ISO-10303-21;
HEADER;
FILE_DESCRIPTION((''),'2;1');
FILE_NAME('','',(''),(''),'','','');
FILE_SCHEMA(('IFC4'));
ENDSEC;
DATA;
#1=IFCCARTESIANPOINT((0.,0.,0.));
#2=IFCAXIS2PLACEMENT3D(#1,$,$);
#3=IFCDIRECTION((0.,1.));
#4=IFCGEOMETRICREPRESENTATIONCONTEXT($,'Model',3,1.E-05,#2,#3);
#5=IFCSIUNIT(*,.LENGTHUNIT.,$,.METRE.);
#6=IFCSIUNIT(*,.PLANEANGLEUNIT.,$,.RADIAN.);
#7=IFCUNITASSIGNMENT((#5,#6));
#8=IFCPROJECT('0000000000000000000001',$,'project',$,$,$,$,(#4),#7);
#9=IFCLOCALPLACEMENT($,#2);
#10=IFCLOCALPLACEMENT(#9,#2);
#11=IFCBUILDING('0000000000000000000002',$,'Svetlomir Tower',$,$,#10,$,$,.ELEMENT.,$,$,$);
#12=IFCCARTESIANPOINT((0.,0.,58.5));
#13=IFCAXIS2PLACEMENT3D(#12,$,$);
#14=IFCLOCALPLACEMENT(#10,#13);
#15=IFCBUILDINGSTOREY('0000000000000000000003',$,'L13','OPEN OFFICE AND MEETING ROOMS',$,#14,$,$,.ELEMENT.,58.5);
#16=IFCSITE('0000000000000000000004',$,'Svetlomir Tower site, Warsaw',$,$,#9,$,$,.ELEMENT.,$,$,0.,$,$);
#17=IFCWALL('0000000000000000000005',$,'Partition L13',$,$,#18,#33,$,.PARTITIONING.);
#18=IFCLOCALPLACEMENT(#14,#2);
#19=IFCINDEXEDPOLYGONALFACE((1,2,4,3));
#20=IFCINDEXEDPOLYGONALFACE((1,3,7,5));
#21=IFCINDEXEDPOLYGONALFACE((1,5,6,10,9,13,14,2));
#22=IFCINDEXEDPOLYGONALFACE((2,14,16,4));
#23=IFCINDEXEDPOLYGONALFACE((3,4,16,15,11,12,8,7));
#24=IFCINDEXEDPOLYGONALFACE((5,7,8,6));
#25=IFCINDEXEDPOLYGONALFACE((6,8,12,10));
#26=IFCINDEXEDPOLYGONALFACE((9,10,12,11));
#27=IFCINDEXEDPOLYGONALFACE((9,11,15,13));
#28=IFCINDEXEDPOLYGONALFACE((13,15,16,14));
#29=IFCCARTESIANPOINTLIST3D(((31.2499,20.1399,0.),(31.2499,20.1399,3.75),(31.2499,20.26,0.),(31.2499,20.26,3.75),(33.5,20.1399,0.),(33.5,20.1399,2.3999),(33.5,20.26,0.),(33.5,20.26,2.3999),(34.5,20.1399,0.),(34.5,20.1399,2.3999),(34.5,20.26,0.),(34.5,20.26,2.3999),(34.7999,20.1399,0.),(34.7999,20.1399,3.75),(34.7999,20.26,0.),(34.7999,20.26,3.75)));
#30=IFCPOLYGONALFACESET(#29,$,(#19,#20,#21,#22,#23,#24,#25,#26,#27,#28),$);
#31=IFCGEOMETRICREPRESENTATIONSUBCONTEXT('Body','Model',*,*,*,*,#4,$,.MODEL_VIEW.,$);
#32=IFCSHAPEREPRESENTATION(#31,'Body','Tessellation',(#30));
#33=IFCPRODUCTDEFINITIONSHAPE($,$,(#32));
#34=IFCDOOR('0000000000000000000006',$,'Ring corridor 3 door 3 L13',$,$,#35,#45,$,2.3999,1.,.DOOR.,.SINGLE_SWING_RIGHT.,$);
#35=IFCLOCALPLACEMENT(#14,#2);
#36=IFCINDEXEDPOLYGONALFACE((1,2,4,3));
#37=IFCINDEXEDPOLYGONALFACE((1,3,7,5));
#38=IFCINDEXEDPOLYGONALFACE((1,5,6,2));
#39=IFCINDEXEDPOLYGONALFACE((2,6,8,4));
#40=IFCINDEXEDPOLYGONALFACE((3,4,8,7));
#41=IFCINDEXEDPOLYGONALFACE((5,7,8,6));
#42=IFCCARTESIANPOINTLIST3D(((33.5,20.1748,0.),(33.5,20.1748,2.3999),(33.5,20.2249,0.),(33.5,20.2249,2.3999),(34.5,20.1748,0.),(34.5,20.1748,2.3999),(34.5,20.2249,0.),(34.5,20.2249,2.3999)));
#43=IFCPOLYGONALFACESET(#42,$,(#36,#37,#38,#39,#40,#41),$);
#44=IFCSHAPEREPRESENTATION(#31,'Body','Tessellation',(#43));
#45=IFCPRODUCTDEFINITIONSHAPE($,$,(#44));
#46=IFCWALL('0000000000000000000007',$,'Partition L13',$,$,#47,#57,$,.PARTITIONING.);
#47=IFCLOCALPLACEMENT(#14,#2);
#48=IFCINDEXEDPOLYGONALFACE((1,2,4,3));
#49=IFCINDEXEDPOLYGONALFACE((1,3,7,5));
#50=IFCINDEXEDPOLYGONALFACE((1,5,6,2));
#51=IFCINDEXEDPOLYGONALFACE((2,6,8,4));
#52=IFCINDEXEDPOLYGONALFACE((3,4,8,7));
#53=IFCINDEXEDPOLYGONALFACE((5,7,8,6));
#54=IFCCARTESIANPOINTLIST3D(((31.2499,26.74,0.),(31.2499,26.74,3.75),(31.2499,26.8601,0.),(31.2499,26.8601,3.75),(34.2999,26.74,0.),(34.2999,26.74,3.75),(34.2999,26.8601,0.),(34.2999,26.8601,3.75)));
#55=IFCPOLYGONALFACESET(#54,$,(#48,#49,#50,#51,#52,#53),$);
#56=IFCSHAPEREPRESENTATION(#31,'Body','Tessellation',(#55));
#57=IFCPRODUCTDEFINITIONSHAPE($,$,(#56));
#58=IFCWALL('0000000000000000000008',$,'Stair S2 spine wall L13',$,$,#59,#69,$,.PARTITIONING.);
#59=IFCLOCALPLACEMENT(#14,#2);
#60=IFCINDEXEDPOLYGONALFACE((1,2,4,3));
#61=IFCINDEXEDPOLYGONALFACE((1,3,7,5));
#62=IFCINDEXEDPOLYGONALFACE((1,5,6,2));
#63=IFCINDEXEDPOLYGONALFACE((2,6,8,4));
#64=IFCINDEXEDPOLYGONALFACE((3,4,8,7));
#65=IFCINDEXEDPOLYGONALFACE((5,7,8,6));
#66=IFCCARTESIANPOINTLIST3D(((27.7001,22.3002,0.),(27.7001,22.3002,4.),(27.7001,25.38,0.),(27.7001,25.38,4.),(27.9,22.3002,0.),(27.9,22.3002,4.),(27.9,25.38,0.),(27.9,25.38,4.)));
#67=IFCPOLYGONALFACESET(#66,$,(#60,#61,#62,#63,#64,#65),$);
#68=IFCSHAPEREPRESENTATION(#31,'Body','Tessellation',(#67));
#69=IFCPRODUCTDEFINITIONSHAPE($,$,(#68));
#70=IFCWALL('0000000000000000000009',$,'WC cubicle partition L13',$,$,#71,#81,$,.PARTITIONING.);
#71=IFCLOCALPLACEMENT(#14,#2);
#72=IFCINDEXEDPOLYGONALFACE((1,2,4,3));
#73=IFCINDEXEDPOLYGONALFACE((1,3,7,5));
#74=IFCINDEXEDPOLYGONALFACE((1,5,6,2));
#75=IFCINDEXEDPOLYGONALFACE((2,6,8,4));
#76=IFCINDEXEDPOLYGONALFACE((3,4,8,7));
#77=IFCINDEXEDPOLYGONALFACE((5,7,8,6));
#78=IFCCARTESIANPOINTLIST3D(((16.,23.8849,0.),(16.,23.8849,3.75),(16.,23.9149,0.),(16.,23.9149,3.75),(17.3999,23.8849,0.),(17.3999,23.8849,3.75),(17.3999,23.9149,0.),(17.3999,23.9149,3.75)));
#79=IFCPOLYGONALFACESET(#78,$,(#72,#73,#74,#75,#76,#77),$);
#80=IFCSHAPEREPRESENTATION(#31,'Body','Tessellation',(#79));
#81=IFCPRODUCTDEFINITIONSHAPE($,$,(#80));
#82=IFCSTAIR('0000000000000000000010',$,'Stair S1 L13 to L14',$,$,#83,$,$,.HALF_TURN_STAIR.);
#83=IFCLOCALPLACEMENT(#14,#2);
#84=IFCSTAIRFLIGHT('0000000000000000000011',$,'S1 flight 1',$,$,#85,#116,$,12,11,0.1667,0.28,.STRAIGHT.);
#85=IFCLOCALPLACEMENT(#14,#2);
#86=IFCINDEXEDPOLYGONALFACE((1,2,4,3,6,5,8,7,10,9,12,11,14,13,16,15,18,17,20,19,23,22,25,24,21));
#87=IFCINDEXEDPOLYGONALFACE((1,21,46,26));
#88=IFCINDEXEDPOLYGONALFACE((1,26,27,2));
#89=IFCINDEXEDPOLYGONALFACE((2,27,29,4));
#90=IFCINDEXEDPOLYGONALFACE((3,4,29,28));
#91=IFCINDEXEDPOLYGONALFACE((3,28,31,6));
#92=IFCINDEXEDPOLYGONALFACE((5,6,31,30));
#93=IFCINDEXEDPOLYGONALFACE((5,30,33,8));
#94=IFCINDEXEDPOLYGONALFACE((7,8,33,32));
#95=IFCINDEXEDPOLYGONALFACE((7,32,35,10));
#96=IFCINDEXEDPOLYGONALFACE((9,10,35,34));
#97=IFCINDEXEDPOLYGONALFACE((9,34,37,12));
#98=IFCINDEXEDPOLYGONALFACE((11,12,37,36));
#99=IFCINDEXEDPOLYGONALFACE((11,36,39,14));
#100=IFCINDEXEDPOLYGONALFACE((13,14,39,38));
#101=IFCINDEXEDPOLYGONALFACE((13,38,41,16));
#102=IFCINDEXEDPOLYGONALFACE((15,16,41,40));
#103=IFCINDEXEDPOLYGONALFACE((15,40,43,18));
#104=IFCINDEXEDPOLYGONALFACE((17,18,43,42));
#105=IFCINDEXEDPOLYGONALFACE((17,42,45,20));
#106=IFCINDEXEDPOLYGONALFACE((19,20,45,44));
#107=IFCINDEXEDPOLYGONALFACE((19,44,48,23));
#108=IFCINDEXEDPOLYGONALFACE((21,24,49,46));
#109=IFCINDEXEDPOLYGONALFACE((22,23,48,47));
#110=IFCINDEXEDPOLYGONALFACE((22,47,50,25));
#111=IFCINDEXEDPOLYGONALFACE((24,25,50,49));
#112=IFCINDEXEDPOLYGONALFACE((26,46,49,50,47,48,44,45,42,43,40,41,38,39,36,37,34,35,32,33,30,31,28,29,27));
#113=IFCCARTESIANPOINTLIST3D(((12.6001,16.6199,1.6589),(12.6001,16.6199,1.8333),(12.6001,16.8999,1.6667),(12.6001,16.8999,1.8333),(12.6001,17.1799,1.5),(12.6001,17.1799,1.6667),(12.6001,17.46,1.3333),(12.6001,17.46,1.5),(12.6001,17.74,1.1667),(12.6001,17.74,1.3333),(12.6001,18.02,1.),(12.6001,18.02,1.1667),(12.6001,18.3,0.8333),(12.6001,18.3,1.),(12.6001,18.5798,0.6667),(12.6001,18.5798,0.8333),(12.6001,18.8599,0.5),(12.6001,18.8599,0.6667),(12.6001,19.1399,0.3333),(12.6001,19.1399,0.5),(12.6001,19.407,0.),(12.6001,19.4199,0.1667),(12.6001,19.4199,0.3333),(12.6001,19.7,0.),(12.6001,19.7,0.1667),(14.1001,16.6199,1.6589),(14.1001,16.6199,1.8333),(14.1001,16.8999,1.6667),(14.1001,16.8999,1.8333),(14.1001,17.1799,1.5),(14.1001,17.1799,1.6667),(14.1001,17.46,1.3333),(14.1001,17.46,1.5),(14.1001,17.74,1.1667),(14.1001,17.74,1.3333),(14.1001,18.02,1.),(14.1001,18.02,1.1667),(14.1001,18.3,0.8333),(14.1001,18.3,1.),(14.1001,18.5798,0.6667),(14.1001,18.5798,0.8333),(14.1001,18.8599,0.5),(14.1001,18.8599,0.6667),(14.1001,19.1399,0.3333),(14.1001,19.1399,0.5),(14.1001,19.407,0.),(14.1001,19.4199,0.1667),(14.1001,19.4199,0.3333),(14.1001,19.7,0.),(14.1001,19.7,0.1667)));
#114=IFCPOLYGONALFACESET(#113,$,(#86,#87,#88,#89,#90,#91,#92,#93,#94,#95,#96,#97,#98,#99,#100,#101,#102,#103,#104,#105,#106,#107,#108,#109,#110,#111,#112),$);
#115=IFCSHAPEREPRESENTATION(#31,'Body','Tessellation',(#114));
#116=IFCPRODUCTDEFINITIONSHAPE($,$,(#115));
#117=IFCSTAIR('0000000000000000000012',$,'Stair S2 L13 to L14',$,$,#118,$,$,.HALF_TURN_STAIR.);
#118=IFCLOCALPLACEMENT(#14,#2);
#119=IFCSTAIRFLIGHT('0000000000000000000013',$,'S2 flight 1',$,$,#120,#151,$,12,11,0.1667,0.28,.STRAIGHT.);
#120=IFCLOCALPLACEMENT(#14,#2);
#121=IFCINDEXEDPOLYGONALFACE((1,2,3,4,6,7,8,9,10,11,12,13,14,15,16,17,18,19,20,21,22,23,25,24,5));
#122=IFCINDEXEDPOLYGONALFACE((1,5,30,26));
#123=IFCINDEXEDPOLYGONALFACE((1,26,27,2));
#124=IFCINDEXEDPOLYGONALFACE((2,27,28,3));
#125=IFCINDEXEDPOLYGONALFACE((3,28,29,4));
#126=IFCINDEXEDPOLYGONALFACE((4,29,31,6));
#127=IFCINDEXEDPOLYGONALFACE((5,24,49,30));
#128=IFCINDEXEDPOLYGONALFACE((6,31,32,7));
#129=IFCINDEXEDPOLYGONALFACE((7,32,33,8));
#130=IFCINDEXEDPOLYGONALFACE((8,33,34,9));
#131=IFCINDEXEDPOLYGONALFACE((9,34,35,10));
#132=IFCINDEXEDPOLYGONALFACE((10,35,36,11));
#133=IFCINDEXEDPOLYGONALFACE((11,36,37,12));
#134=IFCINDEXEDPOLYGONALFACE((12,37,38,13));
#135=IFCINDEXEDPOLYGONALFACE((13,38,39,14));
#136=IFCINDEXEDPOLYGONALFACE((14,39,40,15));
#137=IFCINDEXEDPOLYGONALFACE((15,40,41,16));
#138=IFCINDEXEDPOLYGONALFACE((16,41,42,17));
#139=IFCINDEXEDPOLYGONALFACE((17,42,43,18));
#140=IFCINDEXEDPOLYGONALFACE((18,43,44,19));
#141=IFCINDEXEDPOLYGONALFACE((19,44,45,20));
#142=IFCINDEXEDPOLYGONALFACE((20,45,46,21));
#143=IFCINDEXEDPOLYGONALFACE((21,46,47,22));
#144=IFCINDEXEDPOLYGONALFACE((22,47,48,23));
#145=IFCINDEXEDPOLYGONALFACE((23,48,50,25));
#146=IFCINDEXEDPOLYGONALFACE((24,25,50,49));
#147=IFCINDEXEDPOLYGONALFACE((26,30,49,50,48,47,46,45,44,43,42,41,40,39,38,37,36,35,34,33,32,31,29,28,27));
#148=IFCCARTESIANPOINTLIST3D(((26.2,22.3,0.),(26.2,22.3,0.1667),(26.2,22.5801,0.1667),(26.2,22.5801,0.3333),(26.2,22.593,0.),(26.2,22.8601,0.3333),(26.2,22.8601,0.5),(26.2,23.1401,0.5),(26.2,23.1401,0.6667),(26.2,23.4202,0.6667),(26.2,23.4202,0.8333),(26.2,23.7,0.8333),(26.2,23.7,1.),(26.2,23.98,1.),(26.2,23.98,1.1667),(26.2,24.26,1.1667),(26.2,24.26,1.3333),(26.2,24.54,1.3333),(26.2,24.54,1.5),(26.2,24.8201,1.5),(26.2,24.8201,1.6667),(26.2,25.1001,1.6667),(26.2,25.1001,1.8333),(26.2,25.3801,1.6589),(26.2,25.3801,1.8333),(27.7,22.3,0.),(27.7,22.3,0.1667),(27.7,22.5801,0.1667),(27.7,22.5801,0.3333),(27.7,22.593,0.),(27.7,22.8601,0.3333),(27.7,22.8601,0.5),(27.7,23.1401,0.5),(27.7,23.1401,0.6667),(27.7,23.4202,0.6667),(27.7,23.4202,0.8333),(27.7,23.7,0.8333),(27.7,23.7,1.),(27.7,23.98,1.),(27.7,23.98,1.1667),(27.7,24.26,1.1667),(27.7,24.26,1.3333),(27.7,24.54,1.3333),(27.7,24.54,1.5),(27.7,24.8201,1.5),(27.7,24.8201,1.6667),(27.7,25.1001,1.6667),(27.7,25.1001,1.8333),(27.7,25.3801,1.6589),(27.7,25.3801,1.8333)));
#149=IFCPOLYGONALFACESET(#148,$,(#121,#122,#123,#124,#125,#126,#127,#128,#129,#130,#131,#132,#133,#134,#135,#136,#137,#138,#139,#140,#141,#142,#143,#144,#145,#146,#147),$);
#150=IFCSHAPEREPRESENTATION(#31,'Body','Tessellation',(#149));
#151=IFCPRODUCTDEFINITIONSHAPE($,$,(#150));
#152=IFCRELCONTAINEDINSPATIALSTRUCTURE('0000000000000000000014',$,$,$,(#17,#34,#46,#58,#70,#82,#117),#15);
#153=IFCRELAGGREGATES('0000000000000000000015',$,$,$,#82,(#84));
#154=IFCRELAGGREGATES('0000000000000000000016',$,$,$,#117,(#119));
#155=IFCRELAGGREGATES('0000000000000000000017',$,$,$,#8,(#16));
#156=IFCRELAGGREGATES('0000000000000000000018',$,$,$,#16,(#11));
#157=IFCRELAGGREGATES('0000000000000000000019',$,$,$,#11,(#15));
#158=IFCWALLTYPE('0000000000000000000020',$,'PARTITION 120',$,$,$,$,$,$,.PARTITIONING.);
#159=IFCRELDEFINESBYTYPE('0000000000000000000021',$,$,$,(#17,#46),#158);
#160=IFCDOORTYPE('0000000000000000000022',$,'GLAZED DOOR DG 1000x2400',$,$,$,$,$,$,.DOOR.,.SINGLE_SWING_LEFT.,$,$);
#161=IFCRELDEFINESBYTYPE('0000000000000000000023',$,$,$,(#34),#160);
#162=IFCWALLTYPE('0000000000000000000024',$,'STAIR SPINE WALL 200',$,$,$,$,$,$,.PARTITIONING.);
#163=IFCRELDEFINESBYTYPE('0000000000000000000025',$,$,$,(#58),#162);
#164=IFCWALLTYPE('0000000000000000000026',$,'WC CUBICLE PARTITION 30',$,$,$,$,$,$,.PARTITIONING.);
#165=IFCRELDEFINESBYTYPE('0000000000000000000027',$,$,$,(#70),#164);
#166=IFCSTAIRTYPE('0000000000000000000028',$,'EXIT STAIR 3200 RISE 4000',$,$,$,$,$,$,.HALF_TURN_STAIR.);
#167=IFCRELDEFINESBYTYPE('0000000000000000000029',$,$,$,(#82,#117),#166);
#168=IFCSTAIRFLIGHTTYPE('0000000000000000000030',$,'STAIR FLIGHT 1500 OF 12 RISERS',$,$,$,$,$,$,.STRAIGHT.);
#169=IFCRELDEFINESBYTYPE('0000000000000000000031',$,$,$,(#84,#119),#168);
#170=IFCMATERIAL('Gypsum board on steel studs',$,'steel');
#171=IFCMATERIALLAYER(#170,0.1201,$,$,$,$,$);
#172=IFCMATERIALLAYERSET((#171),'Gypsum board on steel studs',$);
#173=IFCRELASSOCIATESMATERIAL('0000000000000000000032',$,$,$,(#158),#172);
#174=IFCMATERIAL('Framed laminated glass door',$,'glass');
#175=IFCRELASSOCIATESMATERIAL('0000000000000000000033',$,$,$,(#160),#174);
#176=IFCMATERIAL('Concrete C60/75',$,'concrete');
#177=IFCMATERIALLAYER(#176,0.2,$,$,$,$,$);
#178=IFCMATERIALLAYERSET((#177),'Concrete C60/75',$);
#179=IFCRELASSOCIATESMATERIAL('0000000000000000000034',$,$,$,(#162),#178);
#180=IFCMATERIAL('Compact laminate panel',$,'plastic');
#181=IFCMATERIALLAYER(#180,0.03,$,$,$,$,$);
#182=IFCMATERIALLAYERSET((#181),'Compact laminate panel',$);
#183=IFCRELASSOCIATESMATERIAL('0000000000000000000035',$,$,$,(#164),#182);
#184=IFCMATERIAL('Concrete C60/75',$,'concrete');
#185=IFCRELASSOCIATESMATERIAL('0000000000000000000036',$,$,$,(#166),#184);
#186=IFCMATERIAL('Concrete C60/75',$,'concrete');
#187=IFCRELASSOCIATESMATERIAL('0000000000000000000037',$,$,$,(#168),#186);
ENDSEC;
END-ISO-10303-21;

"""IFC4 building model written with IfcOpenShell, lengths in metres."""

from ifc_helpers import new_model, si_unit, direction, frame, frame_2d, origin, place, context, subcontext, project, spatial, polyline, rectangle, outline, extrude, material, layer, layer_set, type_object, element, fill, aggregate, save


model = new_model("IFC4")

# Units and contexts
model_context = context("Model", 3, precision=1e-05, world=origin(), true_north=direction((0.0, 1.0)))
body_context = subcontext(model_context, "Body", "Model", "MODEL_VIEW")
ifc_project = project(units=[si_unit("LENGTHUNIT", "METRE"), si_unit("PLANEANGLEUNIT", "RADIAN")], contexts=[model_context])

# Site, building, storey
site_placement = place(None, origin())
site = spatial("IfcSite", under=ifc_project, at=site_placement, Name="Svetlomir Tower site, Warsaw", CompositionType="ELEMENT", RefElevation=0.0)
building_placement = place(site_placement, origin())
building = spatial("IfcBuilding", under=site, at=building_placement, Name="Svetlomir Tower", CompositionType="ELEMENT")
storey_placement = place(building_placement, frame((0.0, 0.0, 58.5)))
storey = spatial("IfcBuildingStorey", under=building, at=storey_placement, Name="L13", Description="OPEN OFFICE AND MEETING ROOMS", CompositionType="ELEMENT", Elevation=58.5)

# Shared definitions
ifc_material_1 = material(Name="Gypsum board on steel studs", Category="steel")
ifc_layer_1 = layer(ifc_material_1, 0.1201)
ifc_layer_set_1 = layer_set([ifc_layer_1], Name="Gypsum board on steel studs")
wall_type_1 = type_object("IfcWallType", Name="PARTITION 120", PredefinedType="PARTITIONING", material=ifc_layer_set_1)

# Shared definitions
ifc_material_2 = material(Name="Framed laminated glass door", Category="glass")
door_type_1 = type_object("IfcDoorType", Name="GLAZED DOOR DG 1000x2400", OperationType="SINGLE_SWING_LEFT", PredefinedType="DOOR", material=ifc_material_2)

# Wall, opening, door
wall_1_placement = place(storey_placement, frame((31.25, 20.2, 0.0), z_axis=(0.0, 0.0, 1.0), x_axis=(1.0, 0.0, 0.0)))
wall_1 = element("IfcWall", 1, at=wall_1_placement, inside=storey, type_object=wall_type_1, Name="Partition L13", PredefinedType="PARTITIONING", context=body_context, shape_type="SweptSolid", body=[
    extrude(rectangle(XDim=3.55, YDim=0.1201, at=frame_2d((1.7749, 0.0))), origin(), (0.0, 0.0, 1.0), 3.75),
])
opening_1_placement = place(wall_1_placement, frame((2.25, 0.0, 0.0)))
opening_1 = element("IfcOpeningElement", 2, at=opening_1_placement, cuts=wall_1, PredefinedType="OPENING", context=body_context, shape_type="SweptSolid", body=[
    extrude(rectangle(XDim=1.0, YDim=2.3999, at=frame_2d((0.5, 1.2))), frame((0.0, 0.0701, 0.0), z_axis=(0.0, -1.0, 0.0), x_axis=(1.0, 0.0, 0.0)), (0.0, 0.0, 1.0), 0.1401),
])
door_1_placement = place(opening_1_placement, origin())
door_1 = element("IfcDoor", 3, at=door_1_placement, inside=storey, type_object=door_type_1, Name="Ring corridor 3 door 3 L13", OperationType="SINGLE_SWING_RIGHT", OverallHeight=2.3999, OverallWidth=1.0, PredefinedType="DOOR", context=body_context, shape_type="SweptSolid", body=[
    extrude(rectangle(XDim=1.0, YDim=2.3999, at=frame_2d((0.5, 1.2))), frame((0.0, 0.0249, 0.0), z_axis=(0.0, -1.0, 0.0), x_axis=(1.0, 0.0, 0.0)), (0.0, 0.0, 1.0), 0.05),
])
fill(opening_1, door_1)

# Walls
wall_2_placement = place(storey_placement, frame((31.25, 26.8, 0.0), z_axis=(0.0, 0.0, 1.0), x_axis=(1.0, 0.0, 0.0)))
element("IfcWall", 4, at=wall_2_placement, inside=storey, type_object=wall_type_1, Name="Partition L13", PredefinedType="PARTITIONING", context=body_context, shape_type="SweptSolid", body=[
    extrude(rectangle(XDim=3.05, YDim=0.1201, at=frame_2d((1.5249, 0.0))), origin(), (0.0, 0.0, 1.0), 3.75),
])
ifc_material_3 = material(Name="Concrete C60/75", Category="concrete")
ifc_layer_2 = layer(ifc_material_3, 0.2)
ifc_layer_set_2 = layer_set([ifc_layer_2], Name="Concrete C60/75")
wall_type_2 = type_object("IfcWallType", Name="STAIR SPINE WALL 200", PredefinedType="PARTITIONING", material=ifc_layer_set_2)
wall_3_placement = place(storey_placement, frame((27.8, 22.3, 0.0), z_axis=(0.0, 0.0, 1.0), x_axis=(0.0, 1.0, 0.0)))
element("IfcWall", 5, at=wall_3_placement, inside=storey, type_object=wall_type_2, Name="Stair S2 spine wall L13", PredefinedType="PARTITIONING", context=body_context, shape_type="SweptSolid", body=[
    extrude(rectangle(XDim=3.0798, YDim=0.2, at=frame_2d((1.54, 0.0))), origin(), (0.0, 0.0, 1.0), 4.0),
])
ifc_material_4 = material(Name="Compact laminate panel", Category="plastic")
ifc_layer_3 = layer(ifc_material_4, 0.03)
ifc_layer_set_3 = layer_set([ifc_layer_3], Name="Compact laminate panel")
wall_type_3 = type_object("IfcWallType", Name="WC CUBICLE PARTITION 30", PredefinedType="PARTITIONING", material=ifc_layer_set_3)
wall_4_placement = place(storey_placement, frame((16.0, 23.8999, 0.0), z_axis=(0.0, 0.0, 1.0), x_axis=(1.0, 0.0, 0.0)))
element("IfcWall", 6, at=wall_4_placement, inside=storey, type_object=wall_type_3, Name="WC cubicle partition L13", PredefinedType="PARTITIONING", context=body_context, shape_type="SweptSolid", body=[
    extrude(rectangle(XDim=1.3999, YDim=0.03, at=frame_2d((0.7, 0.0))), origin(), (0.0, 0.0, 1.0), 3.75),
])

# Stair, stair flight
ifc_material_5 = material(Name="Concrete C60/75", Category="concrete")
stair_type = type_object("IfcStairType", Name="EXIT STAIR 3200 RISE 4000", PredefinedType="HALF_TURN_STAIR", material=ifc_material_5)
stair_1_placement = place(storey_placement, origin())
stair_1 = element("IfcStair", 7, at=stair_1_placement, inside=storey, type_object=stair_type, Name="Stair S1 L13 to L14", PredefinedType="HALF_TURN_STAIR")
ifc_material_6 = material(Name="Concrete C60/75", Category="concrete")
stair_flight_type = type_object("IfcStairFlightType", Name="STAIR FLIGHT 1500 OF 12 RISERS", PredefinedType="STRAIGHT", material=ifc_material_6)
stair_flight_1_placement = place(storey_placement, frame((13.3501, 19.7, 0.0), z_axis=(0.0, 0.0, 1.0), x_axis=(0.0, -1.0, 0.0)))
stair_flight_1 = element("IfcStairFlight", 8, at=stair_flight_1_placement, type_object=stair_flight_type, Name="S1 flight 1", NumberOfRisers=12, NumberOfTreads=11, PredefinedType="STRAIGHT", RiserHeight=0.1667, TreadLength=0.28, context=body_context, shape_type="SweptSolid", body=[
    extrude(outline(polyline([(0.0, 0.0), (0.0, 0.1667), (0.28, 0.1667), (0.28, 0.3333), (0.5601, 0.3333), (0.5601, 0.5), (0.8401, 0.5), (0.8401, 0.6667), (1.1201, 0.6667), (1.1201, 0.8333), (1.3999, 0.8333), (1.3999, 1.0), (1.6799, 1.0), (1.6799, 1.1667), (1.96, 1.1667), (1.96, 1.3333), (2.24, 1.3333), (2.24, 1.5), (2.52, 1.5), (2.52, 1.6667), (2.8, 1.6667), (2.8, 1.8333), (3.0801, 1.8333), (3.0801, 2.0), (3.0801, 1.6589), (0.293, 0.0), (0.0, 0.0)])), frame((0.0, 0.75, 0.0), z_axis=(0.0, -1.0, 0.0), x_axis=(1.0, 0.0, 0.0)), (0.0, 0.0, 1.0), 1.5),
])
aggregate(stair_1, [stair_flight_1])

# Stair, stair flight
stair_2_placement = place(storey_placement, origin())
stair_2 = element("IfcStair", 9, at=stair_2_placement, inside=storey, type_object=stair_type, Name="Stair S2 L13 to L14", PredefinedType="HALF_TURN_STAIR")
stair_flight_2_placement = place(storey_placement, frame((26.95, 22.3, 0.0), z_axis=(0.0, 0.0, 1.0), x_axis=(0.0, 1.0, 0.0)))
stair_flight_2 = element("IfcStairFlight", 10, at=stair_flight_2_placement, type_object=stair_flight_type, Name="S2 flight 1", NumberOfRisers=12, NumberOfTreads=11, PredefinedType="STRAIGHT", RiserHeight=0.1667, TreadLength=0.28, context=body_context, shape_type="SweptSolid", body=[
    extrude(outline(polyline([(0.0, 0.0), (0.0, 0.1667), (0.28, 0.1667), (0.28, 0.3333), (0.5601, 0.3333), (0.5601, 0.5), (0.8401, 0.5), (0.8401, 0.6667), (1.1201, 0.6667), (1.1201, 0.8333), (1.3999, 0.8333), (1.3999, 1.0), (1.6799, 1.0), (1.6799, 1.1667), (1.96, 1.1667), (1.96, 1.3333), (2.24, 1.3333), (2.24, 1.5), (2.52, 1.5), (2.52, 1.6667), (2.8, 1.6667), (2.8, 1.8333), (3.0801, 1.8333), (3.0801, 2.0), (3.0801, 1.6589), (0.293, 0.0), (0.0, 0.0)])), frame((0.0, 0.75, 0.0), z_axis=(0.0, -1.0, 0.0), x_axis=(1.0, 0.0, 0.0)), (0.0, 0.0, 1.0), 1.5),
])
aggregate(stair_2, [stair_flight_2])

save(model, "model.ifc")
